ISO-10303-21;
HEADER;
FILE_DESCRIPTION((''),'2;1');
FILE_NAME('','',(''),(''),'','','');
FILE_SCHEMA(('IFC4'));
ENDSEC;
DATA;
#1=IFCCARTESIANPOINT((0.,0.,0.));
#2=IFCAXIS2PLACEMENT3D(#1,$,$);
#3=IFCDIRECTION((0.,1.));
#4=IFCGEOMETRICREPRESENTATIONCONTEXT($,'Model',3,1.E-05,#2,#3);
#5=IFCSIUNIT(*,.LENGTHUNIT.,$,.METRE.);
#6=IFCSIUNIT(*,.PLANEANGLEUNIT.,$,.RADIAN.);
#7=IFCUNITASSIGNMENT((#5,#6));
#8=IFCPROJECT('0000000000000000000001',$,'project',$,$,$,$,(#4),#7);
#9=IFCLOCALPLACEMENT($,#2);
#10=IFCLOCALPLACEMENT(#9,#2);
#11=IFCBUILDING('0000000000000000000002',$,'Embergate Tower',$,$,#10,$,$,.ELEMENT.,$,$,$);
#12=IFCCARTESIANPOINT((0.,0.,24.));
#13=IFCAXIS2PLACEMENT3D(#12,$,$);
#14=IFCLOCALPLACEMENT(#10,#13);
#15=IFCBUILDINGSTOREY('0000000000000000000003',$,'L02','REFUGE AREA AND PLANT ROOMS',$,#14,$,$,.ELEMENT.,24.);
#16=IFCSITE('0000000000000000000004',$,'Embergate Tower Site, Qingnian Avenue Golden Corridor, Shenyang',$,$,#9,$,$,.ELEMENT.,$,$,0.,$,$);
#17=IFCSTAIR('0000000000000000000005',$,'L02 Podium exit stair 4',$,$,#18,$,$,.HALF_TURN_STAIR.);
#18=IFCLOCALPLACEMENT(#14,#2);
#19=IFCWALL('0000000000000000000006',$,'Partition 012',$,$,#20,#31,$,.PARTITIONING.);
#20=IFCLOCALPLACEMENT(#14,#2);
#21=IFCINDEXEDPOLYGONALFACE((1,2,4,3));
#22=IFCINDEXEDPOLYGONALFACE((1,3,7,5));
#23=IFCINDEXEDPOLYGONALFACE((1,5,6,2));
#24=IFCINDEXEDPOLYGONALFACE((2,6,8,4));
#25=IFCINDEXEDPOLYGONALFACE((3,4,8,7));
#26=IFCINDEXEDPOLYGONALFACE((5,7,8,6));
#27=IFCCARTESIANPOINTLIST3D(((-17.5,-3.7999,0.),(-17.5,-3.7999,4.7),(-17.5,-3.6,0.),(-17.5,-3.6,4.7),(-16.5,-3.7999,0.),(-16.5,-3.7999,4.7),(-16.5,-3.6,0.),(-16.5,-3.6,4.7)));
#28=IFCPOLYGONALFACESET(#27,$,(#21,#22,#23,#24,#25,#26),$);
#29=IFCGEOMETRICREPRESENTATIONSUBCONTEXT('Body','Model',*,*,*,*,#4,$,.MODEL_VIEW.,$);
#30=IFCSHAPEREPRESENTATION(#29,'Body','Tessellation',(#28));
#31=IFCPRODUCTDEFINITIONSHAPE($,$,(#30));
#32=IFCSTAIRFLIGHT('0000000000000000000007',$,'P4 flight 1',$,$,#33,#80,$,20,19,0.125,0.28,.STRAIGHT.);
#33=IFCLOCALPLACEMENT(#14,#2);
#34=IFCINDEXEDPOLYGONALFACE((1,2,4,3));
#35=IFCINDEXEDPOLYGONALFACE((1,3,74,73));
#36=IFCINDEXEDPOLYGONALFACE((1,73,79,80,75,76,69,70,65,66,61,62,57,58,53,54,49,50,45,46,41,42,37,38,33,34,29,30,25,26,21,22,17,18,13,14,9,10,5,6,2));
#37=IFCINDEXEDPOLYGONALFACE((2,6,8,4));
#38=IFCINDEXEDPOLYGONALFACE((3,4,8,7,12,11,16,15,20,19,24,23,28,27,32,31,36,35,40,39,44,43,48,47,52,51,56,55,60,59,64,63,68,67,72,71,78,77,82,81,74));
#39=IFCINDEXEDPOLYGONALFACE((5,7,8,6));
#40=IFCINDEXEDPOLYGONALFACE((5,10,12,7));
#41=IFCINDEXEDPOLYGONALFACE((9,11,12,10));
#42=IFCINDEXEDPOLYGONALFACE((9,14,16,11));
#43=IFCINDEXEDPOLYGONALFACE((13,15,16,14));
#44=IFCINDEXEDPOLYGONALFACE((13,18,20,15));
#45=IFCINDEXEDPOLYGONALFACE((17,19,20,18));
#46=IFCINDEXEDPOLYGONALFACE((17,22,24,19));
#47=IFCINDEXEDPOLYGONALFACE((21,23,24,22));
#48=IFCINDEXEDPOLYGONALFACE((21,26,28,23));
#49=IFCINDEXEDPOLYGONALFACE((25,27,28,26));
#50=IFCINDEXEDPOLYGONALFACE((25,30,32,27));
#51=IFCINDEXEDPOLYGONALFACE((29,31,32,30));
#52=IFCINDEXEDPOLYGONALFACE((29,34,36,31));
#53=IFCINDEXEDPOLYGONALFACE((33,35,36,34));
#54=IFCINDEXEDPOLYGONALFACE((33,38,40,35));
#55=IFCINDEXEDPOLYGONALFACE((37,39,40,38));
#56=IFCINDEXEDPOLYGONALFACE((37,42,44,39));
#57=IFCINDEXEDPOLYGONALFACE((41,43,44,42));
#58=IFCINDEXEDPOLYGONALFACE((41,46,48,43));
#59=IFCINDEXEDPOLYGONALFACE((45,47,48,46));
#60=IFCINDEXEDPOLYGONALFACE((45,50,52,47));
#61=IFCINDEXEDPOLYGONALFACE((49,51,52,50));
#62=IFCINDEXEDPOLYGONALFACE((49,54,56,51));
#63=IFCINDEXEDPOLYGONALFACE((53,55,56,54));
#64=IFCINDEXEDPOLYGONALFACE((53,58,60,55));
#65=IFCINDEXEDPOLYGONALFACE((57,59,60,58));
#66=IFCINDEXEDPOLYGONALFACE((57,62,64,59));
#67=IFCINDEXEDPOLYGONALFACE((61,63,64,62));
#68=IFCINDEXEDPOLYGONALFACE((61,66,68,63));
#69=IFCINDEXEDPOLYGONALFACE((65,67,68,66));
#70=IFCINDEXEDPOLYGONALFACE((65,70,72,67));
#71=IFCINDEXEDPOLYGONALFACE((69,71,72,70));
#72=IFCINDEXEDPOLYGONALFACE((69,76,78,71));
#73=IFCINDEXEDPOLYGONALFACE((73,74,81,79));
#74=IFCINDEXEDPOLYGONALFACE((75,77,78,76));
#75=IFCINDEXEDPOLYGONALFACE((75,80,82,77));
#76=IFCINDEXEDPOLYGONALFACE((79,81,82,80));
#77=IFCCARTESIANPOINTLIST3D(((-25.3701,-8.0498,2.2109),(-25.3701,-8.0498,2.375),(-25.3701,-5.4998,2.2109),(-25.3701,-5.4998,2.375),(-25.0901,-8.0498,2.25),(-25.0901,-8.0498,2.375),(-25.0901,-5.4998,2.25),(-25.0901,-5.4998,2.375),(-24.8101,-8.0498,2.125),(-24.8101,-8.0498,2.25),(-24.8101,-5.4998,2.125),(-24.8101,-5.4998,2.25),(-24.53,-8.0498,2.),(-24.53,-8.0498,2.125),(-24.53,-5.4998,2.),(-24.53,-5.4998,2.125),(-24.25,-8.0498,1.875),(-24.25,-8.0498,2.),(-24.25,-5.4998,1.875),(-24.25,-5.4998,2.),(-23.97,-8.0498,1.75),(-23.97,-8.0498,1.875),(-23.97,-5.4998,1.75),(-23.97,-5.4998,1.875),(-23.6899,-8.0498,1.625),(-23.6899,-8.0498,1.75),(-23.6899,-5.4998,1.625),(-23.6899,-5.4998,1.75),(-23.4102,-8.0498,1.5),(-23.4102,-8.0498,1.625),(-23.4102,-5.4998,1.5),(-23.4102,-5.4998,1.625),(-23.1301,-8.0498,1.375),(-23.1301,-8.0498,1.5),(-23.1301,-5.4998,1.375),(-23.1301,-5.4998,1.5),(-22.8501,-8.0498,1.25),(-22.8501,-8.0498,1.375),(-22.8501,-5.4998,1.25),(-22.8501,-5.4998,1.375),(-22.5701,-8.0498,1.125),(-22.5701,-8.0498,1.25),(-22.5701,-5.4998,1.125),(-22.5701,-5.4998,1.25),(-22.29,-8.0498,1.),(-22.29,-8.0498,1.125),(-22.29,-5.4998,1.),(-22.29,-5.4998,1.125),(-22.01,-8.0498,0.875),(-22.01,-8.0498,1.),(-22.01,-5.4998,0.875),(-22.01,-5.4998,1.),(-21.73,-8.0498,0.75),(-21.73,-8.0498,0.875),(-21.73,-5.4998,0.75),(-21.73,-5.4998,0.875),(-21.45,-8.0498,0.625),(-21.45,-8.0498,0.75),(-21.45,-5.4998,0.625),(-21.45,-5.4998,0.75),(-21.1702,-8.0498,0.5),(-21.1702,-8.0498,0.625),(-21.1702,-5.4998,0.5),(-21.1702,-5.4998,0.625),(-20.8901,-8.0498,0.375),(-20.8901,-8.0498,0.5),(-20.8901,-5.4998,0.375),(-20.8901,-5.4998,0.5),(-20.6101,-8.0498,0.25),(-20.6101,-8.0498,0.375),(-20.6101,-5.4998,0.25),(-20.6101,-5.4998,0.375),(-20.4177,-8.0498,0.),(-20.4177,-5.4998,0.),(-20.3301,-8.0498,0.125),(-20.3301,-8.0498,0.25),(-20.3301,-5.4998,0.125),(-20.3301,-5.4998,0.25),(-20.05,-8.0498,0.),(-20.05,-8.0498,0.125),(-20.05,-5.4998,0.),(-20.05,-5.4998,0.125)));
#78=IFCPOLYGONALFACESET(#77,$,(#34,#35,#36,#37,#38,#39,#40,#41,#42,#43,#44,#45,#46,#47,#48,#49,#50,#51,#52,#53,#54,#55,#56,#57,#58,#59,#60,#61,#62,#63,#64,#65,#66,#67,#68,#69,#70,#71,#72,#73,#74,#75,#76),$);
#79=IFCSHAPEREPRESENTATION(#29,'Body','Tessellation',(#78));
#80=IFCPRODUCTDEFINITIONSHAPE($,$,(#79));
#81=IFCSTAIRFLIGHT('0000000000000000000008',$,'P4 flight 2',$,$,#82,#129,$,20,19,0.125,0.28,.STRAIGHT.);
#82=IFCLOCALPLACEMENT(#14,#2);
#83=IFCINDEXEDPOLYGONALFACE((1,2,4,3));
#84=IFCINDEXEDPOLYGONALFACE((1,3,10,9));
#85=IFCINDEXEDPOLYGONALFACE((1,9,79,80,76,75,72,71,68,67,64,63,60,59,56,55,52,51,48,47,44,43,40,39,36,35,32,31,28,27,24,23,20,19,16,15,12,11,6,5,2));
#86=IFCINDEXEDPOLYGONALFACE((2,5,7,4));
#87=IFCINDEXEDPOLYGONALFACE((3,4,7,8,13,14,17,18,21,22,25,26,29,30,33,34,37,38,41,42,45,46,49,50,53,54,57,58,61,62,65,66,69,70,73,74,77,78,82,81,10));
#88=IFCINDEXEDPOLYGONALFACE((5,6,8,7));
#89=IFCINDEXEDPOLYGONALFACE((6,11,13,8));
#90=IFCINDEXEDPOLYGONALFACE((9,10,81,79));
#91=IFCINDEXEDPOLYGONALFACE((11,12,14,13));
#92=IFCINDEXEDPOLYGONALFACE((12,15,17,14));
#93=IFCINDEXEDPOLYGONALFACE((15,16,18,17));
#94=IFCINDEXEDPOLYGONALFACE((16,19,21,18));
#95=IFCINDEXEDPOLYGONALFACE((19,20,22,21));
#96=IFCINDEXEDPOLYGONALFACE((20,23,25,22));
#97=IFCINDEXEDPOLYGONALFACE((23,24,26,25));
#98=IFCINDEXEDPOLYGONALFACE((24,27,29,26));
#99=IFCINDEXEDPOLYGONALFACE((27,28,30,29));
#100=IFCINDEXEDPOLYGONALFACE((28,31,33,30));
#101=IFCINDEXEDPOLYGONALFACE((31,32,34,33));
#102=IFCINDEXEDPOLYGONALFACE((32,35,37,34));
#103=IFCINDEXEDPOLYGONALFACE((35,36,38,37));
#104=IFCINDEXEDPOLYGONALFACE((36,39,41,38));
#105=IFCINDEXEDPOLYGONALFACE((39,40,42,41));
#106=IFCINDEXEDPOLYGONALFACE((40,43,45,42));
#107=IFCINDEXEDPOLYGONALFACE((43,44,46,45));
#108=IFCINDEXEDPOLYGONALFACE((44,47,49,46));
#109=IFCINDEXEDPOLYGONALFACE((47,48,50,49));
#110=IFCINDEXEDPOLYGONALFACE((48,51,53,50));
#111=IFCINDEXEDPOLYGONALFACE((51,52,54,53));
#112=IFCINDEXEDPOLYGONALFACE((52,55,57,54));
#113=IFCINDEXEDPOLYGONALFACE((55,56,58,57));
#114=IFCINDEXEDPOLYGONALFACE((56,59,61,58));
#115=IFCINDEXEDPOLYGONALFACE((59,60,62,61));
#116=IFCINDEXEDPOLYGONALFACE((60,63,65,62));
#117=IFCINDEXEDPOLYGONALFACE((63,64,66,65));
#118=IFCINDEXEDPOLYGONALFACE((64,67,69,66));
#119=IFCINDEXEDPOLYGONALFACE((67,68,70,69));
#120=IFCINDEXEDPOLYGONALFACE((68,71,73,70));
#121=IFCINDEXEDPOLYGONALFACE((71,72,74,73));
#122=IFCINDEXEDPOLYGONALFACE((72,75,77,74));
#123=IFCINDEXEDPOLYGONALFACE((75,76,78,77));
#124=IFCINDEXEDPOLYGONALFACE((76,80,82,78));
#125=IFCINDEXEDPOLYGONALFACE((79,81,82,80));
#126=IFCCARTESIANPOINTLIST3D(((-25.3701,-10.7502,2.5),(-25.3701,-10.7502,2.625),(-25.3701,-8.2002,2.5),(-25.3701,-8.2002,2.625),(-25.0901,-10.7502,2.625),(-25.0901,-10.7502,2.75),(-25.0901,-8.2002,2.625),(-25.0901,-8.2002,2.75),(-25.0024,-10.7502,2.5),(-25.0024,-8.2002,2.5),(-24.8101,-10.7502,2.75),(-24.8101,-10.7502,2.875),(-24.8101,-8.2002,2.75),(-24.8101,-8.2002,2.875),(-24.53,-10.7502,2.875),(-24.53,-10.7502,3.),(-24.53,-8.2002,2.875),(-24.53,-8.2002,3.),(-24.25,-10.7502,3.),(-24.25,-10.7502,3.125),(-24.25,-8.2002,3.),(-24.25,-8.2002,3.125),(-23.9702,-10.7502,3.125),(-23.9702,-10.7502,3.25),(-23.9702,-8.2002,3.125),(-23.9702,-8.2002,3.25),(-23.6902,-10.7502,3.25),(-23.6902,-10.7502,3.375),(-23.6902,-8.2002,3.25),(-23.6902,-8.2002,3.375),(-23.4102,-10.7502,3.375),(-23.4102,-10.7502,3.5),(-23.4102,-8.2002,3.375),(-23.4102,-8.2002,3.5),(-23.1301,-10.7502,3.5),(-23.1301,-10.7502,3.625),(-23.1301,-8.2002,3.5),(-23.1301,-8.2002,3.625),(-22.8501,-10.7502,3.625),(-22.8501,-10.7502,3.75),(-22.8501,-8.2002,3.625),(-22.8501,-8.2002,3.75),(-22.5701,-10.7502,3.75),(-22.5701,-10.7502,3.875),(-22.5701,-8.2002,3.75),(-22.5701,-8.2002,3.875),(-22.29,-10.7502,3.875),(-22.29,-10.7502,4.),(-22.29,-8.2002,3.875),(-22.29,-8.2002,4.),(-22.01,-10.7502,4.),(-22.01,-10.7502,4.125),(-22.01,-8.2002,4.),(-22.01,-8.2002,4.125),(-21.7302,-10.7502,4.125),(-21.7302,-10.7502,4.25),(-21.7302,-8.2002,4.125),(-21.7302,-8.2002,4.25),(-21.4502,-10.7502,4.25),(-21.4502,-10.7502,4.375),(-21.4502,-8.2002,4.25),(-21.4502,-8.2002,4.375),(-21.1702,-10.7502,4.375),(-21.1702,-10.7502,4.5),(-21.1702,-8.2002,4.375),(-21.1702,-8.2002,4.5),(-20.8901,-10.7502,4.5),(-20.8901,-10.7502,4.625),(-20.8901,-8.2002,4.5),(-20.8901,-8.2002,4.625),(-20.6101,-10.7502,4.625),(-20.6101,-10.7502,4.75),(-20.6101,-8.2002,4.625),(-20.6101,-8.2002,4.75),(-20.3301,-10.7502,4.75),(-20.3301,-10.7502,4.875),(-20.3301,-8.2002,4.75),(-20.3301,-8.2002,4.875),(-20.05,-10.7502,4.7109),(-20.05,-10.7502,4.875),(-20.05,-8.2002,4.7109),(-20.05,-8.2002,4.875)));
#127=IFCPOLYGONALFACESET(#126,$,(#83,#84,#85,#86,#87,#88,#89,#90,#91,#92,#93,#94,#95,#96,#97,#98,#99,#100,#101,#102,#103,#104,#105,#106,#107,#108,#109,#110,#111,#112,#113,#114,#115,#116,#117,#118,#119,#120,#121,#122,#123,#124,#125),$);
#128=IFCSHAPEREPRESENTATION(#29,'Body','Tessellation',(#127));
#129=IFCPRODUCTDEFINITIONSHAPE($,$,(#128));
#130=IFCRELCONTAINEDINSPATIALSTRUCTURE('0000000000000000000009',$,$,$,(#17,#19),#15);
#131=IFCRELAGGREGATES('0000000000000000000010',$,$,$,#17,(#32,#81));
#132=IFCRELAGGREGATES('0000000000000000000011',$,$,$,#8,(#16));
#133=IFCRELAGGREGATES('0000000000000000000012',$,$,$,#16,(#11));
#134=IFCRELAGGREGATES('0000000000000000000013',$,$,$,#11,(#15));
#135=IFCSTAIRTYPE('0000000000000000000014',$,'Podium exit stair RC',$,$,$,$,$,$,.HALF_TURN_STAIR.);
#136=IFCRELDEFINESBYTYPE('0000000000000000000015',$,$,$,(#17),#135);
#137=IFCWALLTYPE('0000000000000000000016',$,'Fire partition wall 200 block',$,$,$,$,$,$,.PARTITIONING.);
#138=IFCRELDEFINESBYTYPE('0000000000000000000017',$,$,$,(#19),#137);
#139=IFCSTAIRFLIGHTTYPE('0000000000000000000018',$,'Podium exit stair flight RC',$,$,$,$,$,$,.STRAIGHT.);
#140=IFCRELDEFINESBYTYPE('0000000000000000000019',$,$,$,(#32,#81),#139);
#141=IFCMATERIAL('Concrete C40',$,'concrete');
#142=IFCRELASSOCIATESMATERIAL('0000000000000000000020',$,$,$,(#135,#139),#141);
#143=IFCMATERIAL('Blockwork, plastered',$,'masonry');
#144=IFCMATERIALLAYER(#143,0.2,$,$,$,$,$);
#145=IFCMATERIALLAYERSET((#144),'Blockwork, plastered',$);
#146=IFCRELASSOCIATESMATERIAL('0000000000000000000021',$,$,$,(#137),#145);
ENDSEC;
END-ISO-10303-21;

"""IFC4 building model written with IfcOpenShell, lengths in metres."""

from ifc_helpers import new_model, si_unit, direction, frame, frame_2d, origin, place, context, subcontext, project, spatial, polyline, rectangle, outline, extrude, source, transform, mapped, material, layer, layer_set, type_object, element, aggregate, save


model = new_model("IFC4")

# Units and contexts
model_context = context("Model", 3, precision=1e-05, world=origin(), true_north=direction((0.0, 1.0)))
body_context = subcontext(model_context, "Body", "Model", "MODEL_VIEW")
ifc_project = project(units=[si_unit("LENGTHUNIT", "METRE"), si_unit("PLANEANGLEUNIT", "RADIAN")], contexts=[model_context])

# Site, building, storey
site_placement = place(None, origin())
site = spatial("IfcSite", under=ifc_project, at=site_placement, Name="Embergate Tower Site, Qingnian Avenue Golden Corridor, Shenyang", CompositionType="ELEMENT", RefElevation=0.0)
building_placement = place(site_placement, origin())
building = spatial("IfcBuilding", under=site, at=building_placement, Name="Embergate Tower", CompositionType="ELEMENT")
storey_placement = place(building_placement, frame((0.0, 0.0, 24.0)))
storey = spatial("IfcBuildingStorey", under=building, at=storey_placement, Name="L02", Description="REFUGE AREA AND PLANT ROOMS", CompositionType="ELEMENT", Elevation=24.0)

# Stair
ifc_material_1 = material(Name="Concrete C40", Category="concrete")
stair_type = type_object("IfcStairType", Name="Podium exit stair RC", PredefinedType="HALF_TURN_STAIR", material=ifc_material_1)
stair_placement = place(storey_placement, origin())
stair = element("IfcStair", 1, at=stair_placement, inside=storey, type_object=stair_type, Name="L02 Podium exit stair 4", PredefinedType="HALF_TURN_STAIR")

# Shared definitions
ifc_material_2 = material(Name="Blockwork, plastered", Category="masonry")
ifc_layer_1 = layer(ifc_material_2, 0.2)
ifc_layer_set_1 = layer_set([ifc_layer_1], Name="Blockwork, plastered")
wall_type_1 = type_object("IfcWallType", Name="Fire partition wall 200 block", PredefinedType="PARTITIONING", material=ifc_layer_set_1)

# Wall
shared_shape_1 = source(origin(), body_context, "Body", "SweptSolid", [
    extrude(rectangle(XDim=1.0, YDim=0.2, at=frame_2d((0.5, 0.0))), origin(), (0.0, 0.0, 1.0), 4.7),
])
wall_1_placement = place(storey_placement, frame((-17.5, -3.7, 0.0), z_axis=(0.0, 0.0, 1.0), x_axis=(1.0, 0.0, 0.0)))
element("IfcWall", 2, at=wall_1_placement, inside=storey, type_object=wall_type_1, Name="Partition 012", PredefinedType="PARTITIONING", context=body_context, shape_type="MappedRepresentation", body=[
    mapped(shared_shape_1, transform((0.0, 0.0, 0.0))),
])

# Stair flights
stair_flight_type = type_object("IfcStairFlightType", Name="Podium exit stair flight RC", PredefinedType="STRAIGHT", material=ifc_material_1)
shared_shape_2 = source(origin(), body_context, "Body", "SweptSolid", [
    extrude(outline(polyline([(0.0, 0.0), (0.0, 0.125), (0.28, 0.125), (0.28, 0.25), (0.5601, 0.25), (0.5601, 0.375), (0.8401, 0.375), (0.8401, 0.5), (1.1201, 0.5), (1.1201, 0.625), (1.3999, 0.625), (1.3999, 0.75), (1.6799, 0.75), (1.6799, 0.875), (1.96, 0.875), (1.96, 1.0), (2.24, 1.0), (2.24, 1.125), (2.52, 1.125), (2.52, 1.25), (2.8, 1.25), (2.8, 1.375), (3.0801, 1.375), (3.0801, 1.5), (3.3601, 1.5), (3.3601, 1.625), (3.6399, 1.625), (3.6399, 1.75), (3.9199, 1.75), (3.9199, 1.875), (4.2, 1.875), (4.2, 2.0), (4.48, 2.0), (4.48, 2.125), (4.76, 2.125), (4.76, 2.25), (5.04, 2.25), (5.04, 2.375), (5.3201, 2.375), (5.3201, 2.5), (5.3201, 2.2109), (0.3677, 0.0), (0.0, 0.0)])), frame((0.0, 1.2749, 0.0), z_axis=(0.0, -1.0, 0.0), x_axis=(1.0, 0.0, 0.0)), (0.0, 0.0, 1.0), 2.55),
])
stair_flight_1_placement = place(storey_placement, frame((-20.05, -6.7749, 0.0), z_axis=(0.0, 0.0, 1.0), x_axis=(-1.0, 0.0, 0.0)))
stair_flight_1 = element("IfcStairFlight", 3, at=stair_flight_1_placement, type_object=stair_flight_type, Name="P4 flight 1", NumberOfRisers=20, NumberOfTreads=19, PredefinedType="STRAIGHT", RiserHeight=0.125, TreadLength=0.28, context=body_context, shape_type="MappedRepresentation", body=[
    mapped(shared_shape_2, transform((0.0, 0.0, 0.0))),
])
stair_flight_2_placement = place(storey_placement, frame((-25.3701, -9.4751, 2.5), z_axis=(0.0, 0.0, 1.0), x_axis=(1.0, 0.0, 0.0)))
stair_flight_2 = element("IfcStairFlight", 4, at=stair_flight_2_placement, type_object=stair_flight_type, Name="P4 flight 2", NumberOfRisers=20, NumberOfTreads=19, PredefinedType="STRAIGHT", RiserHeight=0.125, TreadLength=0.28, context=body_context, shape_type="MappedRepresentation", body=[
    mapped(shared_shape_2, transform((0.0, 0.0, 0.0))),
])
aggregate(stair, [stair_flight_1, stair_flight_2])

save(model, "model.ifc")
